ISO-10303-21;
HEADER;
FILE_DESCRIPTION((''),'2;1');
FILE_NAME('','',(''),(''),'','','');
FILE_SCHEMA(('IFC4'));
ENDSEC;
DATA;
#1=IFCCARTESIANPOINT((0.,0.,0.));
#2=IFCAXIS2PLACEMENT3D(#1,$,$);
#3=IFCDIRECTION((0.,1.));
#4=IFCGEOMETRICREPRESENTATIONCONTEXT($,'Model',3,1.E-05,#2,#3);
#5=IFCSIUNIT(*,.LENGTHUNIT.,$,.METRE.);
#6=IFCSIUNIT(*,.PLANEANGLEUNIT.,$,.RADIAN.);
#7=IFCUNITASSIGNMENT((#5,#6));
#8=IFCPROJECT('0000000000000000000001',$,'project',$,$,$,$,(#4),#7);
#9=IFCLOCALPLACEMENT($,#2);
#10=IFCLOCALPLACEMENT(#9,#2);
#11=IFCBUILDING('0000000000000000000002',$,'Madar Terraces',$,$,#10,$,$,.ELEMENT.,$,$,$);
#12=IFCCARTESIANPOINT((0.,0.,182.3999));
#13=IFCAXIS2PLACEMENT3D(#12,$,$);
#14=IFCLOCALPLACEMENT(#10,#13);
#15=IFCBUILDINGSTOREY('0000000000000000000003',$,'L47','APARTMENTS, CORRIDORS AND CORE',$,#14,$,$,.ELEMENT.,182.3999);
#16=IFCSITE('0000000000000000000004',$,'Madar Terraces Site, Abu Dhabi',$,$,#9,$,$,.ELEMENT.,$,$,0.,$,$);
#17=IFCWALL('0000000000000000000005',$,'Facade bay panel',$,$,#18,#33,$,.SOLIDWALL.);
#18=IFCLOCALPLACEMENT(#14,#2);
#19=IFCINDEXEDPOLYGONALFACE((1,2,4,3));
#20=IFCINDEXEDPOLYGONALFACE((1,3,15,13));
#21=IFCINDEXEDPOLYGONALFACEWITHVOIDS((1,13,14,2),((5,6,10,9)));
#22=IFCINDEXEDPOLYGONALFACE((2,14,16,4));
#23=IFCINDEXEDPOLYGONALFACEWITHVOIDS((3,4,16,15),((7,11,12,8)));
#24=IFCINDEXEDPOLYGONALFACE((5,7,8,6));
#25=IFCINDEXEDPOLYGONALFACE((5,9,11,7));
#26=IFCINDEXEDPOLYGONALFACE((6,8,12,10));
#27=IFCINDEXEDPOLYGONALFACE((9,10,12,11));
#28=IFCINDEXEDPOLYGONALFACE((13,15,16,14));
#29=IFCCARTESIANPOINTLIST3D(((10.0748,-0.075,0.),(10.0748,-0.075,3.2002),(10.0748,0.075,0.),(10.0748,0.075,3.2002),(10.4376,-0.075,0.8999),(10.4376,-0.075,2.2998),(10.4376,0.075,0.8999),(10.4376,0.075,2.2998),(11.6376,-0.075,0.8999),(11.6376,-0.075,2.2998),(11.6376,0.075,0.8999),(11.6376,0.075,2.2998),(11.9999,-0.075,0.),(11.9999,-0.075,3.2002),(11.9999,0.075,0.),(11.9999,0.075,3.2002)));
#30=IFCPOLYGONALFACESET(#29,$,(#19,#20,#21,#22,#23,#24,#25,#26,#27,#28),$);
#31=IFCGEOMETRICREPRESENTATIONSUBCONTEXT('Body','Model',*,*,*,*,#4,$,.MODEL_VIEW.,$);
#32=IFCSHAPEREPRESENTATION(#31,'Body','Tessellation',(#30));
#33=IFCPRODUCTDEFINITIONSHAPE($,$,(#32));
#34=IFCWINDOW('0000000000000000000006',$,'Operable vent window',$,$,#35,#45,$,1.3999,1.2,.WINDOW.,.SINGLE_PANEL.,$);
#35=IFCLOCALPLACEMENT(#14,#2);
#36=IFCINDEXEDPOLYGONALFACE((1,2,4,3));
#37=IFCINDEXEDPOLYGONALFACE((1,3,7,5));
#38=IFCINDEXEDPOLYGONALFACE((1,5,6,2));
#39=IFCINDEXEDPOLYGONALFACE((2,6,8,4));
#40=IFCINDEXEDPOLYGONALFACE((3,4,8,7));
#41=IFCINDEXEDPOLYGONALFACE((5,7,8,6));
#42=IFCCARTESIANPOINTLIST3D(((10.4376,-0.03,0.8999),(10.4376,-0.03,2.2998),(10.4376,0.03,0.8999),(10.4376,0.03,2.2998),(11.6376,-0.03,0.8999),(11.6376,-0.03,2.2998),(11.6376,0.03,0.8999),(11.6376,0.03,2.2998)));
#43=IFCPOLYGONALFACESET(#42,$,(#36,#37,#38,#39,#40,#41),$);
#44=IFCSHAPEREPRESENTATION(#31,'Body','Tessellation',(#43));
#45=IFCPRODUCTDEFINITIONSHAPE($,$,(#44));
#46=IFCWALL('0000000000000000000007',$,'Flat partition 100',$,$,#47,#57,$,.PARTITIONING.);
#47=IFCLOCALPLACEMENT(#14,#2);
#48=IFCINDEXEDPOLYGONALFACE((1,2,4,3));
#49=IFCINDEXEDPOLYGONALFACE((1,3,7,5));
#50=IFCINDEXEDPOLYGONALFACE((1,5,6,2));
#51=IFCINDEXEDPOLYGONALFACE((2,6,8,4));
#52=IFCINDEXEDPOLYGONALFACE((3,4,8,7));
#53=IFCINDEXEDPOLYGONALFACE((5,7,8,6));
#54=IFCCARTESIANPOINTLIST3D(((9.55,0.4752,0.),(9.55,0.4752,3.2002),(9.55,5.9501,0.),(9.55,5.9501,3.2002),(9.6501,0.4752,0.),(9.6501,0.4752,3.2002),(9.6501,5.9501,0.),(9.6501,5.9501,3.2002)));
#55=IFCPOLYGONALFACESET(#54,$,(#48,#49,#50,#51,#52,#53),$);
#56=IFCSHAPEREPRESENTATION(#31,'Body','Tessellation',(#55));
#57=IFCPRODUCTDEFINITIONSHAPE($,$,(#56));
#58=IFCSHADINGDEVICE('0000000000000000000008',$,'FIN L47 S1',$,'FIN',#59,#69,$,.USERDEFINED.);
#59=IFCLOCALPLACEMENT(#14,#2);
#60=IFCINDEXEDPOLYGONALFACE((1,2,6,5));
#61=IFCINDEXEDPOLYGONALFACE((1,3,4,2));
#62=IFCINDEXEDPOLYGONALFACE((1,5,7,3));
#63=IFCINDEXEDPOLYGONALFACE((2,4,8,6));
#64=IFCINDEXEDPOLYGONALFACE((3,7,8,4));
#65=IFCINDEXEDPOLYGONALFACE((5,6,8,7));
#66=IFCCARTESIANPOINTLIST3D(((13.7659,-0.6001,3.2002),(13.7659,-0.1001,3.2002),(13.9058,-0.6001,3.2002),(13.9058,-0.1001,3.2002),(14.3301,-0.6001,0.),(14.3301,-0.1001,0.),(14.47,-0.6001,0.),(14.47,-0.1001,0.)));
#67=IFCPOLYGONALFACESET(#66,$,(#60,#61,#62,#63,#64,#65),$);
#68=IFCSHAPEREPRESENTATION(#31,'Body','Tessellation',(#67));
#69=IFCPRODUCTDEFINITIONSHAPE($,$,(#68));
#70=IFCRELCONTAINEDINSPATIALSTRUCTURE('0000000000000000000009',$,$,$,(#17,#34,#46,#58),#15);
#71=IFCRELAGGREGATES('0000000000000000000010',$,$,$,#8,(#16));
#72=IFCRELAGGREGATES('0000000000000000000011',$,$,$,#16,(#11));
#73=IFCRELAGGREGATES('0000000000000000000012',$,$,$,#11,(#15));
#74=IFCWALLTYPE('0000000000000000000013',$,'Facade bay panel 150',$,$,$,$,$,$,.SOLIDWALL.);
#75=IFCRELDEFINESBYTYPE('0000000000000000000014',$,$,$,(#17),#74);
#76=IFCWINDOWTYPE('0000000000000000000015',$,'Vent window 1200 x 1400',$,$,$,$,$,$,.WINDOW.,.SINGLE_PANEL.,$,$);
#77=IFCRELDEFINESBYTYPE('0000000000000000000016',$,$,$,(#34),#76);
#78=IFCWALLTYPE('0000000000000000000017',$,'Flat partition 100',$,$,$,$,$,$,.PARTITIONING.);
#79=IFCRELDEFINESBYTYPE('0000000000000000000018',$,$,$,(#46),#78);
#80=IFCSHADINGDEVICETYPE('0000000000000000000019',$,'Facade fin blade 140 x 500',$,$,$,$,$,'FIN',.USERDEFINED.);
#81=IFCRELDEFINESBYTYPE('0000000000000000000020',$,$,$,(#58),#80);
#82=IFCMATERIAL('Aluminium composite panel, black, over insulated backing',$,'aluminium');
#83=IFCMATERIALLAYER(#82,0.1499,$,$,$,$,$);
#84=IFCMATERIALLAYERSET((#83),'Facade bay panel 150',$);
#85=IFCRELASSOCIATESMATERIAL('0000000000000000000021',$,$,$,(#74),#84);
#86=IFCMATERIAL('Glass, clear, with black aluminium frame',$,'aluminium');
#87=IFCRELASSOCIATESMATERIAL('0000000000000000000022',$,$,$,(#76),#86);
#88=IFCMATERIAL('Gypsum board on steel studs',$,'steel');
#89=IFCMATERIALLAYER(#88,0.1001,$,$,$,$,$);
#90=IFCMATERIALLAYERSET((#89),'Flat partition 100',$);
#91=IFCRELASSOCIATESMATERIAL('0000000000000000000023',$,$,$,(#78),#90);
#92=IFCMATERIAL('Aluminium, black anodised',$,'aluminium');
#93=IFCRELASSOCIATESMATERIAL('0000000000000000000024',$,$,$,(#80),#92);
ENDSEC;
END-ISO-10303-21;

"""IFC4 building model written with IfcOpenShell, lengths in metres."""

from ifc_helpers import new_model, si_unit, direction, frame, frame_2d, origin, place, context, subcontext, project, spatial, polyline, rectangle, outline, extrude, material, layer, layer_set, type_object, element, fill, save


model = new_model("IFC4")

# Units and contexts
model_context = context("Model", 3, precision=1e-05, world=origin(), true_north=direction((0.0, 1.0)))
body_context = subcontext(model_context, "Body", "Model", "MODEL_VIEW")
ifc_project = project(units=[si_unit("LENGTHUNIT", "METRE"), si_unit("PLANEANGLEUNIT", "RADIAN")], contexts=[model_context])

# Site, building, storey
site_placement = place(None, origin())
site = spatial("IfcSite", under=ifc_project, at=site_placement, Name="Madar Terraces Site, Abu Dhabi", CompositionType="ELEMENT", RefElevation=0.0)
building_placement = place(site_placement, origin())
building = spatial("IfcBuilding", under=site, at=building_placement, Name="Madar Terraces", CompositionType="ELEMENT")
storey_placement = place(building_placement, frame((0.0, 0.0, 182.3999)))
storey = spatial("IfcBuildingStorey", under=building, at=storey_placement, Name="L47", Description="APARTMENTS, CORRIDORS AND CORE", CompositionType="ELEMENT", Elevation=182.3999)

# Wall, opening, window
ifc_material_1 = material(Name="Aluminium composite panel, black, over insulated backing", Category="aluminium")
ifc_layer_1 = layer(ifc_material_1, 0.1499)
ifc_layer_set_1 = layer_set([ifc_layer_1], Name="Facade bay panel 150")
wall_type_1 = type_object("IfcWallType", Name="Facade bay panel 150", PredefinedType="SOLIDWALL", material=ifc_layer_set_1)
wall_1_placement = place(storey_placement, frame((10.075, 0.0, 0.0), z_axis=(0.0, 0.0, 1.0), x_axis=(1.0, 0.0, 0.0)))
wall_1 = element("IfcWall", 1, at=wall_1_placement, inside=storey, type_object=wall_type_1, Name="Facade bay panel", PredefinedType="SOLIDWALL", context=body_context, shape_type="SweptSolid", body=[
    extrude(rectangle(XDim=1.925, YDim=0.1499, at=frame_2d((0.9624, 0.0))), origin(), (0.0, 0.0, 1.0), 3.2002),
])
opening_1_placement = place(wall_1_placement, frame((0.3625, 0.0, 0.8999)))
opening_1 = element("IfcOpeningElement", 2, at=opening_1_placement, cuts=wall_1, PredefinedType="OPENING", context=body_context, shape_type="SweptSolid", body=[
    extrude(rectangle(XDim=1.2, YDim=1.3999, at=frame_2d((0.6001, 0.7))), frame((0.0, 0.085, 0.0), z_axis=(0.0, -1.0, 0.0), x_axis=(1.0, 0.0, 0.0)), (0.0, 0.0, 1.0), 0.1699),
])
ifc_material_2 = material(Name="Glass, clear, with black aluminium frame", Category="aluminium")
window_type = type_object("IfcWindowType", Name="Vent window 1200 x 1400", PartitioningType="SINGLE_PANEL", PredefinedType="WINDOW", material=ifc_material_2)
window_placement = place(opening_1_placement, origin())
window = element("IfcWindow", 3, at=window_placement, inside=storey, type_object=window_type, Name="Operable vent window", OverallHeight=1.3999, OverallWidth=1.2, PartitioningType="SINGLE_PANEL", PredefinedType="WINDOW", context=body_context, shape_type="SweptSolid", body=[
    extrude(rectangle(XDim=1.2, YDim=1.3999, at=frame_2d((0.6001, 0.7))), frame((0.0, 0.03, 0.0), z_axis=(0.0, -1.0, 0.0), x_axis=(1.0, 0.0, 0.0)), (0.0, 0.0, 1.0), 0.0601),
])
fill(opening_1, window)

# Wall
ifc_material_3 = material(Name="Gypsum board on steel studs", Category="steel")
ifc_layer_2 = layer(ifc_material_3, 0.1001)
ifc_layer_set_2 = layer_set([ifc_layer_2], Name="Flat partition 100")
wall_type_2 = type_object("IfcWallType", Name="Flat partition 100", PredefinedType="PARTITIONING", material=ifc_layer_set_2)
wall_2_placement = place(storey_placement, frame((9.6001, 5.95, 0.0), z_axis=(0.0, 0.0, 1.0), x_axis=(0.0, -1.0, 0.0)))
element("IfcWall", 4, at=wall_2_placement, inside=storey, type_object=wall_type_2, Name="Flat partition 100", PredefinedType="PARTITIONING", context=body_context, shape_type="SweptSolid", body=[
    extrude(rectangle(XDim=5.4749, YDim=0.1001, at=frame_2d((2.7373, 0.0))), origin(), (0.0, 0.0, 1.0), 3.2002),
])

# Shading device
ifc_material_4 = material(Name="Aluminium, black anodised", Category="aluminium")
shading_device_type = type_object("IfcShadingDeviceType", Name="Facade fin blade 140 x 500", ElementType="FIN", PredefinedType="USERDEFINED", material=ifc_material_4)
shading_device_placement = place(storey_placement, frame((14.3301, -0.3501, 0.0), z_axis=(0.0, 0.0, 1.0), x_axis=(1.0, 0.0, 0.0)))
element("IfcShadingDevice", 5, at=shading_device_placement, inside=storey, type_object=shading_device_type, Name="FIN L47 S1", ObjectType="FIN", PredefinedType="USERDEFINED", context=body_context, shape_type="SweptSolid", body=[
    extrude(outline(polyline([(0.0, 0.0), (0.1399, 0.0), (-0.4243, 3.2002), (-0.5642, 3.2002), (0.0, 0.0)])), frame((0.0, 0.25, 0.0), z_axis=(0.0, -1.0, 0.0), x_axis=(1.0, 0.0, 0.0)), (0.0, 0.0, 1.0), 0.5),
])

save(model, "model.ifc")
